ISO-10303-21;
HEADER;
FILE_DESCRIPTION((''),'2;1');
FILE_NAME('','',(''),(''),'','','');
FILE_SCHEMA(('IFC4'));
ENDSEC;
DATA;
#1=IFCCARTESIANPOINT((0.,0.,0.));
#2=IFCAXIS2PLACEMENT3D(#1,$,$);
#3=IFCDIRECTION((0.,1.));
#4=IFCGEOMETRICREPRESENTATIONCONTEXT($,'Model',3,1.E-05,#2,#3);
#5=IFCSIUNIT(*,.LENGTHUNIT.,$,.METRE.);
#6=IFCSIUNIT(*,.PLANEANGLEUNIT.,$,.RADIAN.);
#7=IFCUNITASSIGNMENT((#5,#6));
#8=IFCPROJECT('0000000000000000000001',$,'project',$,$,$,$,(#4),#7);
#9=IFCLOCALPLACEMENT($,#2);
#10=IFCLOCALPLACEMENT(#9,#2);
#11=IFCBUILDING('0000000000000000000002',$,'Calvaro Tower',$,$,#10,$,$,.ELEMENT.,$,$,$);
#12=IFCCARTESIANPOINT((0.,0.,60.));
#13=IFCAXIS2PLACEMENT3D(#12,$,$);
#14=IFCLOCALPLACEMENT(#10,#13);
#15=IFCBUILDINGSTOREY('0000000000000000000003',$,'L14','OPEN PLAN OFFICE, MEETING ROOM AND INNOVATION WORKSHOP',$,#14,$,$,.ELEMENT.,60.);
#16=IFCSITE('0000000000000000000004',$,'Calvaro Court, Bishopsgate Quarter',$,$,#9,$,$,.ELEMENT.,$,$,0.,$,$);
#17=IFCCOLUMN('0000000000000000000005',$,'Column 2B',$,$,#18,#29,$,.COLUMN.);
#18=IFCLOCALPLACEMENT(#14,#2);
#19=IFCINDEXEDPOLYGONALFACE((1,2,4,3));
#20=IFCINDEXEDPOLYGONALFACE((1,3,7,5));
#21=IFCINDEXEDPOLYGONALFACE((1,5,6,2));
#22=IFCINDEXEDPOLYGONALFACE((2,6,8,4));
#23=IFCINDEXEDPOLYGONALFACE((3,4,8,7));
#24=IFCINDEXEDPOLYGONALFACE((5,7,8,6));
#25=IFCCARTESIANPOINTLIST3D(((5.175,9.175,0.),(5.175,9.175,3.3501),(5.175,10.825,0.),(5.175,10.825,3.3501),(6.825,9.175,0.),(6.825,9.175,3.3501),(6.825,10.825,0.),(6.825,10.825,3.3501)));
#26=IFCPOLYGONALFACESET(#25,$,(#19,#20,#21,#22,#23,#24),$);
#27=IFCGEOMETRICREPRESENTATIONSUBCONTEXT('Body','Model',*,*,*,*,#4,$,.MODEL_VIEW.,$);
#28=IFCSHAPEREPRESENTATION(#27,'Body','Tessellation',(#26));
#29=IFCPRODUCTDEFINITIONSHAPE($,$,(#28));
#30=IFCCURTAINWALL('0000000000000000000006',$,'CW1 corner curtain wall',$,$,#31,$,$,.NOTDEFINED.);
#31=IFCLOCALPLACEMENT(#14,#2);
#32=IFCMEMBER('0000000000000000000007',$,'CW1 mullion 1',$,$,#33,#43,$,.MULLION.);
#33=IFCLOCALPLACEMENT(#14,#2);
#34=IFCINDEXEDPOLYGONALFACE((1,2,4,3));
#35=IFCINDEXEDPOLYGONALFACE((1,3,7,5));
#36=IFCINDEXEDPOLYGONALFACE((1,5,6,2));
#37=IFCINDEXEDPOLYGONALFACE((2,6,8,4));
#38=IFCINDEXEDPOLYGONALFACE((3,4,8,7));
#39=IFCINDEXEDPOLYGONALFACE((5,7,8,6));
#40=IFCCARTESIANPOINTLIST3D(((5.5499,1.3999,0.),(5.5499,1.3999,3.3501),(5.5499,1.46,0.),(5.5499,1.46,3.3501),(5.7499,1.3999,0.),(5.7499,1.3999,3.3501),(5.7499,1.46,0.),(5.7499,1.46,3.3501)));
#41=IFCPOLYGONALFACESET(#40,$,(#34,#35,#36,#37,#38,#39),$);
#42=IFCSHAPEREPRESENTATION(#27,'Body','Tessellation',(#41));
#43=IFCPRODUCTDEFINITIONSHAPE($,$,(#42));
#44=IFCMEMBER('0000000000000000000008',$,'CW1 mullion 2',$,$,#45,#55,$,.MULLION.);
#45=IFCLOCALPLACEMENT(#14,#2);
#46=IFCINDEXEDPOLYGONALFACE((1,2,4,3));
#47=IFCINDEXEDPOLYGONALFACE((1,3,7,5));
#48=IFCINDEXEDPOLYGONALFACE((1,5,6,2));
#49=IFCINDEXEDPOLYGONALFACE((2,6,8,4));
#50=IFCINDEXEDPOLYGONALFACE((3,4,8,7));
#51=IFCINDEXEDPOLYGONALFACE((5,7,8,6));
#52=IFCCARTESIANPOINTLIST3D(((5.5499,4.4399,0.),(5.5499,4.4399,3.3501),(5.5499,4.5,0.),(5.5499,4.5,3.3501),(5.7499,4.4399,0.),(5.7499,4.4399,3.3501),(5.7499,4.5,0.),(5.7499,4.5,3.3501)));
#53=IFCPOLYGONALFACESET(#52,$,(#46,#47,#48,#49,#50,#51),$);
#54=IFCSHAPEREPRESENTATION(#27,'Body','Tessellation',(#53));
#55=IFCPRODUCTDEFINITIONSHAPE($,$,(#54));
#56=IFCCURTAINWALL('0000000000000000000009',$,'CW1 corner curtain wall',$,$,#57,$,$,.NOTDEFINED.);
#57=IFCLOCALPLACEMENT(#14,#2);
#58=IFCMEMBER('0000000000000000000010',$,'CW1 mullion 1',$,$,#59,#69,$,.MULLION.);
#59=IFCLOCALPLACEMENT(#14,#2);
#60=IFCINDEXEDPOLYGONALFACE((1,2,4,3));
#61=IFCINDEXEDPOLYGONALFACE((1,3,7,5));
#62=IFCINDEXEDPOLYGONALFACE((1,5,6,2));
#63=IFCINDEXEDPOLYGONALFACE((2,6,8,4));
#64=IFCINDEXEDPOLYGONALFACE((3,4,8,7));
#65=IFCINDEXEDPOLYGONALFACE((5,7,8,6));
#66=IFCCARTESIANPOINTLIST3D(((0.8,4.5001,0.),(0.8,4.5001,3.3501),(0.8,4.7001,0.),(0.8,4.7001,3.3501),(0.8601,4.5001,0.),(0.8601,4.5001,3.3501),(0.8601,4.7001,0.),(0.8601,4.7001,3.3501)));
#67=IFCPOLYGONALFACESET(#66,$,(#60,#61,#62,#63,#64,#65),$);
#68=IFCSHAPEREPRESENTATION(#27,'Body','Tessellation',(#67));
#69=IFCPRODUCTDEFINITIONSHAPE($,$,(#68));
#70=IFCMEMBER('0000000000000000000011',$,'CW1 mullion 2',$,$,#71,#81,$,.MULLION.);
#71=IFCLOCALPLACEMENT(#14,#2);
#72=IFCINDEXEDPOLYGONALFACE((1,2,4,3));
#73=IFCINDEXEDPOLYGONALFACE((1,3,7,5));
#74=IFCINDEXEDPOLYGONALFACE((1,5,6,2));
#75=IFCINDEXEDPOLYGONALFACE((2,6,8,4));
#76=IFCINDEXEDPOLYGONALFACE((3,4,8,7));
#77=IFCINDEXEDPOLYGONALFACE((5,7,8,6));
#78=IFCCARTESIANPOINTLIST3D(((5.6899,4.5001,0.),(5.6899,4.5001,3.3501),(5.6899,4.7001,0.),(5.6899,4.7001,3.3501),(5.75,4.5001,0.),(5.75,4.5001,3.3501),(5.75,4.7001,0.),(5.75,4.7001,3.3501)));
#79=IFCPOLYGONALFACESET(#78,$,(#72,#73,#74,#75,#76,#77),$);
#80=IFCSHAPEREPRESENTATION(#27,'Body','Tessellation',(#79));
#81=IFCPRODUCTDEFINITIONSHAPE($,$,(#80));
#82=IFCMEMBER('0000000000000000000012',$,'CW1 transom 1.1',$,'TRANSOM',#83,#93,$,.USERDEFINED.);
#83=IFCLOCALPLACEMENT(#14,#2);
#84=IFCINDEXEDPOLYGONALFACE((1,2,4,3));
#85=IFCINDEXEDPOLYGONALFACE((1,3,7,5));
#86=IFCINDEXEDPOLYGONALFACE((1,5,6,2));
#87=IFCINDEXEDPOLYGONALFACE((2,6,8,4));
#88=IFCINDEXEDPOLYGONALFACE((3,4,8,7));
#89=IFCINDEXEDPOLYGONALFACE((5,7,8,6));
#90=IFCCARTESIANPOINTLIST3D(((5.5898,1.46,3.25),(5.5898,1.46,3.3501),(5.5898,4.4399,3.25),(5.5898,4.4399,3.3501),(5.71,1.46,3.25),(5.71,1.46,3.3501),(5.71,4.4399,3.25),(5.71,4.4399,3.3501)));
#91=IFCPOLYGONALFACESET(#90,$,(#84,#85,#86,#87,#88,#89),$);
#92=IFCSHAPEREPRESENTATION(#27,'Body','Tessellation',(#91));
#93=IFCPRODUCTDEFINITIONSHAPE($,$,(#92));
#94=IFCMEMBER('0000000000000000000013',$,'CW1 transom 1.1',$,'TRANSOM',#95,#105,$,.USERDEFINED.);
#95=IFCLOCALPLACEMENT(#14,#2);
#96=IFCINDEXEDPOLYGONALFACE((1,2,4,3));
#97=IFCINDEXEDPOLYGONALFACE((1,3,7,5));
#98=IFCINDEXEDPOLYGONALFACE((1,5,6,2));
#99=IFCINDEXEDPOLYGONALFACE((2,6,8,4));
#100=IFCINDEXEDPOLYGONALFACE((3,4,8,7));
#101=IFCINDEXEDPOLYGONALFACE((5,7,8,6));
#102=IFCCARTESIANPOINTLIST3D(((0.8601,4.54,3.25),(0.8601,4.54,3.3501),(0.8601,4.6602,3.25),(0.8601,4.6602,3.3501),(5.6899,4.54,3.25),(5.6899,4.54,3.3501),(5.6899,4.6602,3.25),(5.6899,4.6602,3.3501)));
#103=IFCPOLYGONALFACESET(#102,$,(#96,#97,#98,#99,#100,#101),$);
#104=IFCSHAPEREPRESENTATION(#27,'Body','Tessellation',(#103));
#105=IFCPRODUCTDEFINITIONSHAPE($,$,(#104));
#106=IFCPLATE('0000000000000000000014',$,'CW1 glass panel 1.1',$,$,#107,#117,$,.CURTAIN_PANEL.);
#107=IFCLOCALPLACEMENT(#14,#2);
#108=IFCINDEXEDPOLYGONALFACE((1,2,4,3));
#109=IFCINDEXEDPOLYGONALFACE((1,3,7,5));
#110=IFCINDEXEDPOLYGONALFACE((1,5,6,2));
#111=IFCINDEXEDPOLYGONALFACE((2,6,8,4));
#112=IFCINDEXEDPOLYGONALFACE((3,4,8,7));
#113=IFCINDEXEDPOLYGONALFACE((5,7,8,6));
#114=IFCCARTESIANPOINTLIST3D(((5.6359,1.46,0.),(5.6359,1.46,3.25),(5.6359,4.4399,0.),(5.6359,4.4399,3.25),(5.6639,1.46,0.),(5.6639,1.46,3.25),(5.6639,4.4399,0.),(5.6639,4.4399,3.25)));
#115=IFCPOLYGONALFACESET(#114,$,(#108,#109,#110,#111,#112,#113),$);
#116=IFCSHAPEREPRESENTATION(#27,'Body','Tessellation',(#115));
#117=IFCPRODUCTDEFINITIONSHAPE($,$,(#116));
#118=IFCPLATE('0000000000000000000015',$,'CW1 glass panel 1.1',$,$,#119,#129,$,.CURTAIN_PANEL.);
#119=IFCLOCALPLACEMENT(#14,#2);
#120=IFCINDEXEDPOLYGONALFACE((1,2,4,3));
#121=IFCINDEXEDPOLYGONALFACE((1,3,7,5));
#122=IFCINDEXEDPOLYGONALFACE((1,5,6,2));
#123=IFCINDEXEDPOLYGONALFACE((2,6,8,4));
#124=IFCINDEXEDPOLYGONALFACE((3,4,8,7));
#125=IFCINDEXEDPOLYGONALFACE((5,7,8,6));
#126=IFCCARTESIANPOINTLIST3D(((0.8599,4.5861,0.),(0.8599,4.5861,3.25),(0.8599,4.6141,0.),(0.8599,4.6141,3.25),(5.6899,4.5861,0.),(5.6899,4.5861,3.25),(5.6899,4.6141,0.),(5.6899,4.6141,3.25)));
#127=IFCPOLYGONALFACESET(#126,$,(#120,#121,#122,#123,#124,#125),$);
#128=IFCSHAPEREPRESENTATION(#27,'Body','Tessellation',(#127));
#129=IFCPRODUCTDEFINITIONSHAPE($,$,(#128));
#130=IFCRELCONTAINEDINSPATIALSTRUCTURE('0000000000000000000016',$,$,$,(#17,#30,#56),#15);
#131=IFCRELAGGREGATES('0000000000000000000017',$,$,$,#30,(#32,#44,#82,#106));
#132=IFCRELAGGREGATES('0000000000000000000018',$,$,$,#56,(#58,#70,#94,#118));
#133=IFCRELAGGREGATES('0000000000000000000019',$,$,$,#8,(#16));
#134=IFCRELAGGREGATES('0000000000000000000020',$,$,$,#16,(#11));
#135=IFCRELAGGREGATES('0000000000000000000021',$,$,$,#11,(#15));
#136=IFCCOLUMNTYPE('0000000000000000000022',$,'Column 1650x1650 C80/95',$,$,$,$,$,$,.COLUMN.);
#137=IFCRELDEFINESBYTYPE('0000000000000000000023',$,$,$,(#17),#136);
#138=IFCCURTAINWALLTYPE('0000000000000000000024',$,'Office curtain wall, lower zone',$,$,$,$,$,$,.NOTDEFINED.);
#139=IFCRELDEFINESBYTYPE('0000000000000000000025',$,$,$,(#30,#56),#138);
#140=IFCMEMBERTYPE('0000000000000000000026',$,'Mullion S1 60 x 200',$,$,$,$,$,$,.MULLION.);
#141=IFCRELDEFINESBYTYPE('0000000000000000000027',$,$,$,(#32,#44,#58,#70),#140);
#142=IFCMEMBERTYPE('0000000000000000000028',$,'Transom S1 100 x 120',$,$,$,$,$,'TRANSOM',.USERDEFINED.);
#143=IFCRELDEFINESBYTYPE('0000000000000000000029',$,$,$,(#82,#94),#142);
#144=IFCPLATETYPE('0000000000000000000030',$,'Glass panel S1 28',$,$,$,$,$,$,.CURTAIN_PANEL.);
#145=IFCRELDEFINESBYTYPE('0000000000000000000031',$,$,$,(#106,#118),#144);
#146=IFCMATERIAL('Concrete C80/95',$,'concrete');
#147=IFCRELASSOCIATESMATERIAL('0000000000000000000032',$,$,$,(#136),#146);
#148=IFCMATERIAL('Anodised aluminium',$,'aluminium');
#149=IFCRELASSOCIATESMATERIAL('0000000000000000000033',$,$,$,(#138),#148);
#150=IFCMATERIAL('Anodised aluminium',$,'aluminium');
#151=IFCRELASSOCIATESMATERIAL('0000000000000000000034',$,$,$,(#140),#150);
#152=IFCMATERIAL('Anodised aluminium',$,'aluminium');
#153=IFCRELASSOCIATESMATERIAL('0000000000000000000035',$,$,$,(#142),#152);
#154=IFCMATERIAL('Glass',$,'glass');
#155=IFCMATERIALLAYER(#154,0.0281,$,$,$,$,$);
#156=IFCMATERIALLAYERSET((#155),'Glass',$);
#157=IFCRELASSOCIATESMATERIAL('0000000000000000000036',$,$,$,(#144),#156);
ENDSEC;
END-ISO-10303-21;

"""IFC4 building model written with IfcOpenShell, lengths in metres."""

from ifc_helpers import new_model, si_unit, direction, frame, origin, origin_2d, place, context, subcontext, project, spatial, rectangle, extrude, material, layer, layer_set, material_profile, profile_set, type_object, element, aggregate, save


model = new_model("IFC4")

# Units and contexts
model_context = context("Model", 3, precision=1e-05, world=origin(), true_north=direction((0.0, 1.0)))
body_context = subcontext(model_context, "Body", "Model", "MODEL_VIEW")
ifc_project = project(units=[si_unit("LENGTHUNIT", "METRE"), si_unit("PLANEANGLEUNIT", "RADIAN")], contexts=[model_context])

# Site, building, storey
site_placement = place(None, origin())
site = spatial("IfcSite", under=ifc_project, at=site_placement, Name="Calvaro Court, Bishopsgate Quarter", CompositionType="ELEMENT", RefElevation=0.0)
building_placement = place(site_placement, origin())
building = spatial("IfcBuilding", under=site, at=building_placement, Name="Calvaro Tower", CompositionType="ELEMENT")
storey_placement = place(building_placement, frame((0.0, 0.0, 60.0)))
storey = spatial("IfcBuildingStorey", under=building, at=storey_placement, Name="L14", Description="OPEN PLAN OFFICE, MEETING ROOM AND INNOVATION WORKSHOP", CompositionType="ELEMENT", Elevation=60.0)

# Column
ifc_material_1 = material(Name="Concrete C80/95", Category="concrete")
ifc_material_profile_1 = material_profile(ifc_material_1, rectangle(XDim=1.6499, YDim=1.6499, at=origin_2d()), Name="RC 1650x1650")
ifc_profile_set_1 = profile_set([ifc_material_profile_1], Name="Concrete C80/95")
column_type = type_object("IfcColumnType", Name="Column 1650x1650 C80/95", PredefinedType="COLUMN", material=ifc_profile_set_1)
column_placement = place(storey_placement, frame((6.0, 10.0, 0.0), z_axis=(0.0, 0.0, 1.0), x_axis=(1.0, 0.0, 0.0)))
element("IfcColumn", 1, at=column_placement, inside=storey, type_object=column_type, Name="Column 2B", PredefinedType="COLUMN", context=body_context, shape_type="SweptSolid", body=[
    extrude(rectangle(XDim=1.6499, YDim=1.6499, at=origin_2d()), origin(), (0.0, 0.0, 1.0), 3.3501),
])

# Curtain walls, members
ifc_material_2 = material(Name="Anodised aluminium", Category="aluminium")
curtain_wall_type = type_object("IfcCurtainWallType", Name="Office curtain wall, lower zone", PredefinedType="NOTDEFINED", material=ifc_material_2)
curtain_wall_1_placement = place(storey_placement, origin())
curtain_wall_1 = element("IfcCurtainWall", 2, at=curtain_wall_1_placement, inside=storey, type_object=curtain_wall_type, Name="CW1 corner curtain wall", PredefinedType="NOTDEFINED")
ifc_material_3 = material(Name="Anodised aluminium", Category="aluminium")
ifc_material_profile_2 = material_profile(ifc_material_3, rectangle(XDim=0.2, YDim=0.0601, at=origin_2d()), Name="Mullion S1 60 x 200")
ifc_profile_set_2 = profile_set([ifc_material_profile_2], Name="Anodised aluminium")
member_type_1 = type_object("IfcMemberType", Name="Mullion S1 60 x 200", PredefinedType="MULLION", material=ifc_profile_set_2)
member_1_placement = place(storey_placement, frame((5.6499, 1.4299, 0.0), z_axis=(0.0, 0.0, 1.0), x_axis=(-1.0, 0.0, 0.0)))
member_1 = element("IfcMember", 3, at=member_1_placement, type_object=member_type_1, Name="CW1 mullion 1", PredefinedType="MULLION", context=body_context, shape_type="SweptSolid", body=[
    extrude(rectangle(XDim=0.2, YDim=0.0601, at=origin_2d()), origin(), (0.0, 0.0, 1.0), 3.3501),
])
member_2_placement = place(storey_placement, frame((5.6499, 4.47, 0.0), z_axis=(0.0, 0.0, 1.0), x_axis=(-1.0, 0.0, 0.0)))
member_2 = element("IfcMember", 4, at=member_2_placement, type_object=member_type_1, Name="CW1 mullion 2", PredefinedType="MULLION", context=body_context, shape_type="SweptSolid", body=[
    extrude(rectangle(XDim=0.2, YDim=0.0601, at=origin_2d()), origin(), (0.0, 0.0, 1.0), 3.3501),
])
curtain_wall_2_placement = place(storey_placement, origin())
curtain_wall_2 = element("IfcCurtainWall", 5, at=curtain_wall_2_placement, inside=storey, type_object=curtain_wall_type, Name="CW1 corner curtain wall", PredefinedType="NOTDEFINED")
member_3_placement = place(storey_placement, frame((0.8301, 4.6001, 0.0), z_axis=(0.0, 0.0, 1.0), x_axis=(0.0, 1.0, 0.0)))
member_3 = element("IfcMember", 6, at=member_3_placement, type_object=member_type_1, Name="CW1 mullion 1", PredefinedType="MULLION", context=body_context, shape_type="SweptSolid", body=[
    extrude(rectangle(XDim=0.2, YDim=0.0601, at=origin_2d()), origin(), (0.0, 0.0, 1.0), 3.3501),
])
member_4_placement = place(storey_placement, frame((5.72, 4.6001, 0.0), z_axis=(0.0, 0.0, 1.0), x_axis=(0.0, 1.0, 0.0)))
member_4 = element("IfcMember", 7, at=member_4_placement, type_object=member_type_1, Name="CW1 mullion 2", PredefinedType="MULLION", context=body_context, shape_type="SweptSolid", body=[
    extrude(rectangle(XDim=0.2, YDim=0.0601, at=origin_2d()), origin(), (0.0, 0.0, 1.0), 3.3501),
])

# Members
ifc_material_4 = material(Name="Anodised aluminium", Category="aluminium")
ifc_material_profile_3 = material_profile(ifc_material_4, rectangle(XDim=0.1201, YDim=0.1001, at=origin_2d()), Name="Transom S1 100 x 120")
ifc_profile_set_3 = profile_set([ifc_material_profile_3], Name="Anodised aluminium")
member_type_2 = type_object("IfcMemberType", Name="Transom S1 100 x 120", ElementType="TRANSOM", PredefinedType="USERDEFINED", material=ifc_profile_set_3)
member_5_placement = place(storey_placement, frame((5.6499, 1.46, 3.3), z_axis=(0.0, 1.0, 0.0), x_axis=(-1.0, 0.0, 0.0)))
member_5 = element("IfcMember", 8, at=member_5_placement, type_object=member_type_2, Name="CW1 transom 1.1", ObjectType="TRANSOM", PredefinedType="USERDEFINED", context=body_context, shape_type="SweptSolid", body=[
    extrude(rectangle(XDim=0.1201, YDim=0.1001, at=origin_2d()), origin(), (0.0, 0.0, 1.0), 2.98),
])
member_6_placement = place(storey_placement, frame((0.8601, 4.6001, 3.3), z_axis=(1.0, 0.0, 0.0), x_axis=(0.0, 1.0, 0.0)))
member_6 = element("IfcMember", 9, at=member_6_placement, type_object=member_type_2, Name="CW1 transom 1.1", ObjectType="TRANSOM", PredefinedType="USERDEFINED", context=body_context, shape_type="SweptSolid", body=[
    extrude(rectangle(XDim=0.1201, YDim=0.1001, at=origin_2d()), origin(), (0.0, 0.0, 1.0), 4.8298),
])

# Plates
ifc_material_5 = material(Name="Glass", Category="glass")
ifc_layer_1 = layer(ifc_material_5, 0.0281)
ifc_layer_set_1 = layer_set([ifc_layer_1], Name="Glass")
plate_type = type_object("IfcPlateType", Name="Glass panel S1 28", PredefinedType="CURTAIN_PANEL", material=ifc_layer_set_1)
plate_1_placement = place(storey_placement, frame((5.6499, 2.95, 0.0), z_axis=(0.0, 0.0, 1.0), x_axis=(0.0, 1.0, 0.0)))
plate_1 = element("IfcPlate", 10, at=plate_1_placement, type_object=plate_type, Name="CW1 glass panel 1.1", PredefinedType="CURTAIN_PANEL", context=body_context, shape_type="SweptSolid", body=[
    extrude(rectangle(XDim=2.98, YDim=0.0281, at=origin_2d()), origin(), (0.0, 0.0, 1.0), 3.25),
])
aggregate(curtain_wall_1, [member_1, member_2, member_5, plate_1])
plate_2_placement = place(storey_placement, frame((3.2749, 4.6001, 0.0), z_axis=(0.0, 0.0, 1.0), x_axis=(1.0, 0.0, 0.0)))
plate_2 = element("IfcPlate", 11, at=plate_2_placement, type_object=plate_type, Name="CW1 glass panel 1.1", PredefinedType="CURTAIN_PANEL", context=body_context, shape_type="SweptSolid", body=[
    extrude(rectangle(XDim=4.8301, YDim=0.0281, at=origin_2d()), origin(), (0.0, 0.0, 1.0), 3.25),
])
aggregate(curtain_wall_2, [member_3, member_4, member_6, plate_2])

save(model, "model.ifc")
